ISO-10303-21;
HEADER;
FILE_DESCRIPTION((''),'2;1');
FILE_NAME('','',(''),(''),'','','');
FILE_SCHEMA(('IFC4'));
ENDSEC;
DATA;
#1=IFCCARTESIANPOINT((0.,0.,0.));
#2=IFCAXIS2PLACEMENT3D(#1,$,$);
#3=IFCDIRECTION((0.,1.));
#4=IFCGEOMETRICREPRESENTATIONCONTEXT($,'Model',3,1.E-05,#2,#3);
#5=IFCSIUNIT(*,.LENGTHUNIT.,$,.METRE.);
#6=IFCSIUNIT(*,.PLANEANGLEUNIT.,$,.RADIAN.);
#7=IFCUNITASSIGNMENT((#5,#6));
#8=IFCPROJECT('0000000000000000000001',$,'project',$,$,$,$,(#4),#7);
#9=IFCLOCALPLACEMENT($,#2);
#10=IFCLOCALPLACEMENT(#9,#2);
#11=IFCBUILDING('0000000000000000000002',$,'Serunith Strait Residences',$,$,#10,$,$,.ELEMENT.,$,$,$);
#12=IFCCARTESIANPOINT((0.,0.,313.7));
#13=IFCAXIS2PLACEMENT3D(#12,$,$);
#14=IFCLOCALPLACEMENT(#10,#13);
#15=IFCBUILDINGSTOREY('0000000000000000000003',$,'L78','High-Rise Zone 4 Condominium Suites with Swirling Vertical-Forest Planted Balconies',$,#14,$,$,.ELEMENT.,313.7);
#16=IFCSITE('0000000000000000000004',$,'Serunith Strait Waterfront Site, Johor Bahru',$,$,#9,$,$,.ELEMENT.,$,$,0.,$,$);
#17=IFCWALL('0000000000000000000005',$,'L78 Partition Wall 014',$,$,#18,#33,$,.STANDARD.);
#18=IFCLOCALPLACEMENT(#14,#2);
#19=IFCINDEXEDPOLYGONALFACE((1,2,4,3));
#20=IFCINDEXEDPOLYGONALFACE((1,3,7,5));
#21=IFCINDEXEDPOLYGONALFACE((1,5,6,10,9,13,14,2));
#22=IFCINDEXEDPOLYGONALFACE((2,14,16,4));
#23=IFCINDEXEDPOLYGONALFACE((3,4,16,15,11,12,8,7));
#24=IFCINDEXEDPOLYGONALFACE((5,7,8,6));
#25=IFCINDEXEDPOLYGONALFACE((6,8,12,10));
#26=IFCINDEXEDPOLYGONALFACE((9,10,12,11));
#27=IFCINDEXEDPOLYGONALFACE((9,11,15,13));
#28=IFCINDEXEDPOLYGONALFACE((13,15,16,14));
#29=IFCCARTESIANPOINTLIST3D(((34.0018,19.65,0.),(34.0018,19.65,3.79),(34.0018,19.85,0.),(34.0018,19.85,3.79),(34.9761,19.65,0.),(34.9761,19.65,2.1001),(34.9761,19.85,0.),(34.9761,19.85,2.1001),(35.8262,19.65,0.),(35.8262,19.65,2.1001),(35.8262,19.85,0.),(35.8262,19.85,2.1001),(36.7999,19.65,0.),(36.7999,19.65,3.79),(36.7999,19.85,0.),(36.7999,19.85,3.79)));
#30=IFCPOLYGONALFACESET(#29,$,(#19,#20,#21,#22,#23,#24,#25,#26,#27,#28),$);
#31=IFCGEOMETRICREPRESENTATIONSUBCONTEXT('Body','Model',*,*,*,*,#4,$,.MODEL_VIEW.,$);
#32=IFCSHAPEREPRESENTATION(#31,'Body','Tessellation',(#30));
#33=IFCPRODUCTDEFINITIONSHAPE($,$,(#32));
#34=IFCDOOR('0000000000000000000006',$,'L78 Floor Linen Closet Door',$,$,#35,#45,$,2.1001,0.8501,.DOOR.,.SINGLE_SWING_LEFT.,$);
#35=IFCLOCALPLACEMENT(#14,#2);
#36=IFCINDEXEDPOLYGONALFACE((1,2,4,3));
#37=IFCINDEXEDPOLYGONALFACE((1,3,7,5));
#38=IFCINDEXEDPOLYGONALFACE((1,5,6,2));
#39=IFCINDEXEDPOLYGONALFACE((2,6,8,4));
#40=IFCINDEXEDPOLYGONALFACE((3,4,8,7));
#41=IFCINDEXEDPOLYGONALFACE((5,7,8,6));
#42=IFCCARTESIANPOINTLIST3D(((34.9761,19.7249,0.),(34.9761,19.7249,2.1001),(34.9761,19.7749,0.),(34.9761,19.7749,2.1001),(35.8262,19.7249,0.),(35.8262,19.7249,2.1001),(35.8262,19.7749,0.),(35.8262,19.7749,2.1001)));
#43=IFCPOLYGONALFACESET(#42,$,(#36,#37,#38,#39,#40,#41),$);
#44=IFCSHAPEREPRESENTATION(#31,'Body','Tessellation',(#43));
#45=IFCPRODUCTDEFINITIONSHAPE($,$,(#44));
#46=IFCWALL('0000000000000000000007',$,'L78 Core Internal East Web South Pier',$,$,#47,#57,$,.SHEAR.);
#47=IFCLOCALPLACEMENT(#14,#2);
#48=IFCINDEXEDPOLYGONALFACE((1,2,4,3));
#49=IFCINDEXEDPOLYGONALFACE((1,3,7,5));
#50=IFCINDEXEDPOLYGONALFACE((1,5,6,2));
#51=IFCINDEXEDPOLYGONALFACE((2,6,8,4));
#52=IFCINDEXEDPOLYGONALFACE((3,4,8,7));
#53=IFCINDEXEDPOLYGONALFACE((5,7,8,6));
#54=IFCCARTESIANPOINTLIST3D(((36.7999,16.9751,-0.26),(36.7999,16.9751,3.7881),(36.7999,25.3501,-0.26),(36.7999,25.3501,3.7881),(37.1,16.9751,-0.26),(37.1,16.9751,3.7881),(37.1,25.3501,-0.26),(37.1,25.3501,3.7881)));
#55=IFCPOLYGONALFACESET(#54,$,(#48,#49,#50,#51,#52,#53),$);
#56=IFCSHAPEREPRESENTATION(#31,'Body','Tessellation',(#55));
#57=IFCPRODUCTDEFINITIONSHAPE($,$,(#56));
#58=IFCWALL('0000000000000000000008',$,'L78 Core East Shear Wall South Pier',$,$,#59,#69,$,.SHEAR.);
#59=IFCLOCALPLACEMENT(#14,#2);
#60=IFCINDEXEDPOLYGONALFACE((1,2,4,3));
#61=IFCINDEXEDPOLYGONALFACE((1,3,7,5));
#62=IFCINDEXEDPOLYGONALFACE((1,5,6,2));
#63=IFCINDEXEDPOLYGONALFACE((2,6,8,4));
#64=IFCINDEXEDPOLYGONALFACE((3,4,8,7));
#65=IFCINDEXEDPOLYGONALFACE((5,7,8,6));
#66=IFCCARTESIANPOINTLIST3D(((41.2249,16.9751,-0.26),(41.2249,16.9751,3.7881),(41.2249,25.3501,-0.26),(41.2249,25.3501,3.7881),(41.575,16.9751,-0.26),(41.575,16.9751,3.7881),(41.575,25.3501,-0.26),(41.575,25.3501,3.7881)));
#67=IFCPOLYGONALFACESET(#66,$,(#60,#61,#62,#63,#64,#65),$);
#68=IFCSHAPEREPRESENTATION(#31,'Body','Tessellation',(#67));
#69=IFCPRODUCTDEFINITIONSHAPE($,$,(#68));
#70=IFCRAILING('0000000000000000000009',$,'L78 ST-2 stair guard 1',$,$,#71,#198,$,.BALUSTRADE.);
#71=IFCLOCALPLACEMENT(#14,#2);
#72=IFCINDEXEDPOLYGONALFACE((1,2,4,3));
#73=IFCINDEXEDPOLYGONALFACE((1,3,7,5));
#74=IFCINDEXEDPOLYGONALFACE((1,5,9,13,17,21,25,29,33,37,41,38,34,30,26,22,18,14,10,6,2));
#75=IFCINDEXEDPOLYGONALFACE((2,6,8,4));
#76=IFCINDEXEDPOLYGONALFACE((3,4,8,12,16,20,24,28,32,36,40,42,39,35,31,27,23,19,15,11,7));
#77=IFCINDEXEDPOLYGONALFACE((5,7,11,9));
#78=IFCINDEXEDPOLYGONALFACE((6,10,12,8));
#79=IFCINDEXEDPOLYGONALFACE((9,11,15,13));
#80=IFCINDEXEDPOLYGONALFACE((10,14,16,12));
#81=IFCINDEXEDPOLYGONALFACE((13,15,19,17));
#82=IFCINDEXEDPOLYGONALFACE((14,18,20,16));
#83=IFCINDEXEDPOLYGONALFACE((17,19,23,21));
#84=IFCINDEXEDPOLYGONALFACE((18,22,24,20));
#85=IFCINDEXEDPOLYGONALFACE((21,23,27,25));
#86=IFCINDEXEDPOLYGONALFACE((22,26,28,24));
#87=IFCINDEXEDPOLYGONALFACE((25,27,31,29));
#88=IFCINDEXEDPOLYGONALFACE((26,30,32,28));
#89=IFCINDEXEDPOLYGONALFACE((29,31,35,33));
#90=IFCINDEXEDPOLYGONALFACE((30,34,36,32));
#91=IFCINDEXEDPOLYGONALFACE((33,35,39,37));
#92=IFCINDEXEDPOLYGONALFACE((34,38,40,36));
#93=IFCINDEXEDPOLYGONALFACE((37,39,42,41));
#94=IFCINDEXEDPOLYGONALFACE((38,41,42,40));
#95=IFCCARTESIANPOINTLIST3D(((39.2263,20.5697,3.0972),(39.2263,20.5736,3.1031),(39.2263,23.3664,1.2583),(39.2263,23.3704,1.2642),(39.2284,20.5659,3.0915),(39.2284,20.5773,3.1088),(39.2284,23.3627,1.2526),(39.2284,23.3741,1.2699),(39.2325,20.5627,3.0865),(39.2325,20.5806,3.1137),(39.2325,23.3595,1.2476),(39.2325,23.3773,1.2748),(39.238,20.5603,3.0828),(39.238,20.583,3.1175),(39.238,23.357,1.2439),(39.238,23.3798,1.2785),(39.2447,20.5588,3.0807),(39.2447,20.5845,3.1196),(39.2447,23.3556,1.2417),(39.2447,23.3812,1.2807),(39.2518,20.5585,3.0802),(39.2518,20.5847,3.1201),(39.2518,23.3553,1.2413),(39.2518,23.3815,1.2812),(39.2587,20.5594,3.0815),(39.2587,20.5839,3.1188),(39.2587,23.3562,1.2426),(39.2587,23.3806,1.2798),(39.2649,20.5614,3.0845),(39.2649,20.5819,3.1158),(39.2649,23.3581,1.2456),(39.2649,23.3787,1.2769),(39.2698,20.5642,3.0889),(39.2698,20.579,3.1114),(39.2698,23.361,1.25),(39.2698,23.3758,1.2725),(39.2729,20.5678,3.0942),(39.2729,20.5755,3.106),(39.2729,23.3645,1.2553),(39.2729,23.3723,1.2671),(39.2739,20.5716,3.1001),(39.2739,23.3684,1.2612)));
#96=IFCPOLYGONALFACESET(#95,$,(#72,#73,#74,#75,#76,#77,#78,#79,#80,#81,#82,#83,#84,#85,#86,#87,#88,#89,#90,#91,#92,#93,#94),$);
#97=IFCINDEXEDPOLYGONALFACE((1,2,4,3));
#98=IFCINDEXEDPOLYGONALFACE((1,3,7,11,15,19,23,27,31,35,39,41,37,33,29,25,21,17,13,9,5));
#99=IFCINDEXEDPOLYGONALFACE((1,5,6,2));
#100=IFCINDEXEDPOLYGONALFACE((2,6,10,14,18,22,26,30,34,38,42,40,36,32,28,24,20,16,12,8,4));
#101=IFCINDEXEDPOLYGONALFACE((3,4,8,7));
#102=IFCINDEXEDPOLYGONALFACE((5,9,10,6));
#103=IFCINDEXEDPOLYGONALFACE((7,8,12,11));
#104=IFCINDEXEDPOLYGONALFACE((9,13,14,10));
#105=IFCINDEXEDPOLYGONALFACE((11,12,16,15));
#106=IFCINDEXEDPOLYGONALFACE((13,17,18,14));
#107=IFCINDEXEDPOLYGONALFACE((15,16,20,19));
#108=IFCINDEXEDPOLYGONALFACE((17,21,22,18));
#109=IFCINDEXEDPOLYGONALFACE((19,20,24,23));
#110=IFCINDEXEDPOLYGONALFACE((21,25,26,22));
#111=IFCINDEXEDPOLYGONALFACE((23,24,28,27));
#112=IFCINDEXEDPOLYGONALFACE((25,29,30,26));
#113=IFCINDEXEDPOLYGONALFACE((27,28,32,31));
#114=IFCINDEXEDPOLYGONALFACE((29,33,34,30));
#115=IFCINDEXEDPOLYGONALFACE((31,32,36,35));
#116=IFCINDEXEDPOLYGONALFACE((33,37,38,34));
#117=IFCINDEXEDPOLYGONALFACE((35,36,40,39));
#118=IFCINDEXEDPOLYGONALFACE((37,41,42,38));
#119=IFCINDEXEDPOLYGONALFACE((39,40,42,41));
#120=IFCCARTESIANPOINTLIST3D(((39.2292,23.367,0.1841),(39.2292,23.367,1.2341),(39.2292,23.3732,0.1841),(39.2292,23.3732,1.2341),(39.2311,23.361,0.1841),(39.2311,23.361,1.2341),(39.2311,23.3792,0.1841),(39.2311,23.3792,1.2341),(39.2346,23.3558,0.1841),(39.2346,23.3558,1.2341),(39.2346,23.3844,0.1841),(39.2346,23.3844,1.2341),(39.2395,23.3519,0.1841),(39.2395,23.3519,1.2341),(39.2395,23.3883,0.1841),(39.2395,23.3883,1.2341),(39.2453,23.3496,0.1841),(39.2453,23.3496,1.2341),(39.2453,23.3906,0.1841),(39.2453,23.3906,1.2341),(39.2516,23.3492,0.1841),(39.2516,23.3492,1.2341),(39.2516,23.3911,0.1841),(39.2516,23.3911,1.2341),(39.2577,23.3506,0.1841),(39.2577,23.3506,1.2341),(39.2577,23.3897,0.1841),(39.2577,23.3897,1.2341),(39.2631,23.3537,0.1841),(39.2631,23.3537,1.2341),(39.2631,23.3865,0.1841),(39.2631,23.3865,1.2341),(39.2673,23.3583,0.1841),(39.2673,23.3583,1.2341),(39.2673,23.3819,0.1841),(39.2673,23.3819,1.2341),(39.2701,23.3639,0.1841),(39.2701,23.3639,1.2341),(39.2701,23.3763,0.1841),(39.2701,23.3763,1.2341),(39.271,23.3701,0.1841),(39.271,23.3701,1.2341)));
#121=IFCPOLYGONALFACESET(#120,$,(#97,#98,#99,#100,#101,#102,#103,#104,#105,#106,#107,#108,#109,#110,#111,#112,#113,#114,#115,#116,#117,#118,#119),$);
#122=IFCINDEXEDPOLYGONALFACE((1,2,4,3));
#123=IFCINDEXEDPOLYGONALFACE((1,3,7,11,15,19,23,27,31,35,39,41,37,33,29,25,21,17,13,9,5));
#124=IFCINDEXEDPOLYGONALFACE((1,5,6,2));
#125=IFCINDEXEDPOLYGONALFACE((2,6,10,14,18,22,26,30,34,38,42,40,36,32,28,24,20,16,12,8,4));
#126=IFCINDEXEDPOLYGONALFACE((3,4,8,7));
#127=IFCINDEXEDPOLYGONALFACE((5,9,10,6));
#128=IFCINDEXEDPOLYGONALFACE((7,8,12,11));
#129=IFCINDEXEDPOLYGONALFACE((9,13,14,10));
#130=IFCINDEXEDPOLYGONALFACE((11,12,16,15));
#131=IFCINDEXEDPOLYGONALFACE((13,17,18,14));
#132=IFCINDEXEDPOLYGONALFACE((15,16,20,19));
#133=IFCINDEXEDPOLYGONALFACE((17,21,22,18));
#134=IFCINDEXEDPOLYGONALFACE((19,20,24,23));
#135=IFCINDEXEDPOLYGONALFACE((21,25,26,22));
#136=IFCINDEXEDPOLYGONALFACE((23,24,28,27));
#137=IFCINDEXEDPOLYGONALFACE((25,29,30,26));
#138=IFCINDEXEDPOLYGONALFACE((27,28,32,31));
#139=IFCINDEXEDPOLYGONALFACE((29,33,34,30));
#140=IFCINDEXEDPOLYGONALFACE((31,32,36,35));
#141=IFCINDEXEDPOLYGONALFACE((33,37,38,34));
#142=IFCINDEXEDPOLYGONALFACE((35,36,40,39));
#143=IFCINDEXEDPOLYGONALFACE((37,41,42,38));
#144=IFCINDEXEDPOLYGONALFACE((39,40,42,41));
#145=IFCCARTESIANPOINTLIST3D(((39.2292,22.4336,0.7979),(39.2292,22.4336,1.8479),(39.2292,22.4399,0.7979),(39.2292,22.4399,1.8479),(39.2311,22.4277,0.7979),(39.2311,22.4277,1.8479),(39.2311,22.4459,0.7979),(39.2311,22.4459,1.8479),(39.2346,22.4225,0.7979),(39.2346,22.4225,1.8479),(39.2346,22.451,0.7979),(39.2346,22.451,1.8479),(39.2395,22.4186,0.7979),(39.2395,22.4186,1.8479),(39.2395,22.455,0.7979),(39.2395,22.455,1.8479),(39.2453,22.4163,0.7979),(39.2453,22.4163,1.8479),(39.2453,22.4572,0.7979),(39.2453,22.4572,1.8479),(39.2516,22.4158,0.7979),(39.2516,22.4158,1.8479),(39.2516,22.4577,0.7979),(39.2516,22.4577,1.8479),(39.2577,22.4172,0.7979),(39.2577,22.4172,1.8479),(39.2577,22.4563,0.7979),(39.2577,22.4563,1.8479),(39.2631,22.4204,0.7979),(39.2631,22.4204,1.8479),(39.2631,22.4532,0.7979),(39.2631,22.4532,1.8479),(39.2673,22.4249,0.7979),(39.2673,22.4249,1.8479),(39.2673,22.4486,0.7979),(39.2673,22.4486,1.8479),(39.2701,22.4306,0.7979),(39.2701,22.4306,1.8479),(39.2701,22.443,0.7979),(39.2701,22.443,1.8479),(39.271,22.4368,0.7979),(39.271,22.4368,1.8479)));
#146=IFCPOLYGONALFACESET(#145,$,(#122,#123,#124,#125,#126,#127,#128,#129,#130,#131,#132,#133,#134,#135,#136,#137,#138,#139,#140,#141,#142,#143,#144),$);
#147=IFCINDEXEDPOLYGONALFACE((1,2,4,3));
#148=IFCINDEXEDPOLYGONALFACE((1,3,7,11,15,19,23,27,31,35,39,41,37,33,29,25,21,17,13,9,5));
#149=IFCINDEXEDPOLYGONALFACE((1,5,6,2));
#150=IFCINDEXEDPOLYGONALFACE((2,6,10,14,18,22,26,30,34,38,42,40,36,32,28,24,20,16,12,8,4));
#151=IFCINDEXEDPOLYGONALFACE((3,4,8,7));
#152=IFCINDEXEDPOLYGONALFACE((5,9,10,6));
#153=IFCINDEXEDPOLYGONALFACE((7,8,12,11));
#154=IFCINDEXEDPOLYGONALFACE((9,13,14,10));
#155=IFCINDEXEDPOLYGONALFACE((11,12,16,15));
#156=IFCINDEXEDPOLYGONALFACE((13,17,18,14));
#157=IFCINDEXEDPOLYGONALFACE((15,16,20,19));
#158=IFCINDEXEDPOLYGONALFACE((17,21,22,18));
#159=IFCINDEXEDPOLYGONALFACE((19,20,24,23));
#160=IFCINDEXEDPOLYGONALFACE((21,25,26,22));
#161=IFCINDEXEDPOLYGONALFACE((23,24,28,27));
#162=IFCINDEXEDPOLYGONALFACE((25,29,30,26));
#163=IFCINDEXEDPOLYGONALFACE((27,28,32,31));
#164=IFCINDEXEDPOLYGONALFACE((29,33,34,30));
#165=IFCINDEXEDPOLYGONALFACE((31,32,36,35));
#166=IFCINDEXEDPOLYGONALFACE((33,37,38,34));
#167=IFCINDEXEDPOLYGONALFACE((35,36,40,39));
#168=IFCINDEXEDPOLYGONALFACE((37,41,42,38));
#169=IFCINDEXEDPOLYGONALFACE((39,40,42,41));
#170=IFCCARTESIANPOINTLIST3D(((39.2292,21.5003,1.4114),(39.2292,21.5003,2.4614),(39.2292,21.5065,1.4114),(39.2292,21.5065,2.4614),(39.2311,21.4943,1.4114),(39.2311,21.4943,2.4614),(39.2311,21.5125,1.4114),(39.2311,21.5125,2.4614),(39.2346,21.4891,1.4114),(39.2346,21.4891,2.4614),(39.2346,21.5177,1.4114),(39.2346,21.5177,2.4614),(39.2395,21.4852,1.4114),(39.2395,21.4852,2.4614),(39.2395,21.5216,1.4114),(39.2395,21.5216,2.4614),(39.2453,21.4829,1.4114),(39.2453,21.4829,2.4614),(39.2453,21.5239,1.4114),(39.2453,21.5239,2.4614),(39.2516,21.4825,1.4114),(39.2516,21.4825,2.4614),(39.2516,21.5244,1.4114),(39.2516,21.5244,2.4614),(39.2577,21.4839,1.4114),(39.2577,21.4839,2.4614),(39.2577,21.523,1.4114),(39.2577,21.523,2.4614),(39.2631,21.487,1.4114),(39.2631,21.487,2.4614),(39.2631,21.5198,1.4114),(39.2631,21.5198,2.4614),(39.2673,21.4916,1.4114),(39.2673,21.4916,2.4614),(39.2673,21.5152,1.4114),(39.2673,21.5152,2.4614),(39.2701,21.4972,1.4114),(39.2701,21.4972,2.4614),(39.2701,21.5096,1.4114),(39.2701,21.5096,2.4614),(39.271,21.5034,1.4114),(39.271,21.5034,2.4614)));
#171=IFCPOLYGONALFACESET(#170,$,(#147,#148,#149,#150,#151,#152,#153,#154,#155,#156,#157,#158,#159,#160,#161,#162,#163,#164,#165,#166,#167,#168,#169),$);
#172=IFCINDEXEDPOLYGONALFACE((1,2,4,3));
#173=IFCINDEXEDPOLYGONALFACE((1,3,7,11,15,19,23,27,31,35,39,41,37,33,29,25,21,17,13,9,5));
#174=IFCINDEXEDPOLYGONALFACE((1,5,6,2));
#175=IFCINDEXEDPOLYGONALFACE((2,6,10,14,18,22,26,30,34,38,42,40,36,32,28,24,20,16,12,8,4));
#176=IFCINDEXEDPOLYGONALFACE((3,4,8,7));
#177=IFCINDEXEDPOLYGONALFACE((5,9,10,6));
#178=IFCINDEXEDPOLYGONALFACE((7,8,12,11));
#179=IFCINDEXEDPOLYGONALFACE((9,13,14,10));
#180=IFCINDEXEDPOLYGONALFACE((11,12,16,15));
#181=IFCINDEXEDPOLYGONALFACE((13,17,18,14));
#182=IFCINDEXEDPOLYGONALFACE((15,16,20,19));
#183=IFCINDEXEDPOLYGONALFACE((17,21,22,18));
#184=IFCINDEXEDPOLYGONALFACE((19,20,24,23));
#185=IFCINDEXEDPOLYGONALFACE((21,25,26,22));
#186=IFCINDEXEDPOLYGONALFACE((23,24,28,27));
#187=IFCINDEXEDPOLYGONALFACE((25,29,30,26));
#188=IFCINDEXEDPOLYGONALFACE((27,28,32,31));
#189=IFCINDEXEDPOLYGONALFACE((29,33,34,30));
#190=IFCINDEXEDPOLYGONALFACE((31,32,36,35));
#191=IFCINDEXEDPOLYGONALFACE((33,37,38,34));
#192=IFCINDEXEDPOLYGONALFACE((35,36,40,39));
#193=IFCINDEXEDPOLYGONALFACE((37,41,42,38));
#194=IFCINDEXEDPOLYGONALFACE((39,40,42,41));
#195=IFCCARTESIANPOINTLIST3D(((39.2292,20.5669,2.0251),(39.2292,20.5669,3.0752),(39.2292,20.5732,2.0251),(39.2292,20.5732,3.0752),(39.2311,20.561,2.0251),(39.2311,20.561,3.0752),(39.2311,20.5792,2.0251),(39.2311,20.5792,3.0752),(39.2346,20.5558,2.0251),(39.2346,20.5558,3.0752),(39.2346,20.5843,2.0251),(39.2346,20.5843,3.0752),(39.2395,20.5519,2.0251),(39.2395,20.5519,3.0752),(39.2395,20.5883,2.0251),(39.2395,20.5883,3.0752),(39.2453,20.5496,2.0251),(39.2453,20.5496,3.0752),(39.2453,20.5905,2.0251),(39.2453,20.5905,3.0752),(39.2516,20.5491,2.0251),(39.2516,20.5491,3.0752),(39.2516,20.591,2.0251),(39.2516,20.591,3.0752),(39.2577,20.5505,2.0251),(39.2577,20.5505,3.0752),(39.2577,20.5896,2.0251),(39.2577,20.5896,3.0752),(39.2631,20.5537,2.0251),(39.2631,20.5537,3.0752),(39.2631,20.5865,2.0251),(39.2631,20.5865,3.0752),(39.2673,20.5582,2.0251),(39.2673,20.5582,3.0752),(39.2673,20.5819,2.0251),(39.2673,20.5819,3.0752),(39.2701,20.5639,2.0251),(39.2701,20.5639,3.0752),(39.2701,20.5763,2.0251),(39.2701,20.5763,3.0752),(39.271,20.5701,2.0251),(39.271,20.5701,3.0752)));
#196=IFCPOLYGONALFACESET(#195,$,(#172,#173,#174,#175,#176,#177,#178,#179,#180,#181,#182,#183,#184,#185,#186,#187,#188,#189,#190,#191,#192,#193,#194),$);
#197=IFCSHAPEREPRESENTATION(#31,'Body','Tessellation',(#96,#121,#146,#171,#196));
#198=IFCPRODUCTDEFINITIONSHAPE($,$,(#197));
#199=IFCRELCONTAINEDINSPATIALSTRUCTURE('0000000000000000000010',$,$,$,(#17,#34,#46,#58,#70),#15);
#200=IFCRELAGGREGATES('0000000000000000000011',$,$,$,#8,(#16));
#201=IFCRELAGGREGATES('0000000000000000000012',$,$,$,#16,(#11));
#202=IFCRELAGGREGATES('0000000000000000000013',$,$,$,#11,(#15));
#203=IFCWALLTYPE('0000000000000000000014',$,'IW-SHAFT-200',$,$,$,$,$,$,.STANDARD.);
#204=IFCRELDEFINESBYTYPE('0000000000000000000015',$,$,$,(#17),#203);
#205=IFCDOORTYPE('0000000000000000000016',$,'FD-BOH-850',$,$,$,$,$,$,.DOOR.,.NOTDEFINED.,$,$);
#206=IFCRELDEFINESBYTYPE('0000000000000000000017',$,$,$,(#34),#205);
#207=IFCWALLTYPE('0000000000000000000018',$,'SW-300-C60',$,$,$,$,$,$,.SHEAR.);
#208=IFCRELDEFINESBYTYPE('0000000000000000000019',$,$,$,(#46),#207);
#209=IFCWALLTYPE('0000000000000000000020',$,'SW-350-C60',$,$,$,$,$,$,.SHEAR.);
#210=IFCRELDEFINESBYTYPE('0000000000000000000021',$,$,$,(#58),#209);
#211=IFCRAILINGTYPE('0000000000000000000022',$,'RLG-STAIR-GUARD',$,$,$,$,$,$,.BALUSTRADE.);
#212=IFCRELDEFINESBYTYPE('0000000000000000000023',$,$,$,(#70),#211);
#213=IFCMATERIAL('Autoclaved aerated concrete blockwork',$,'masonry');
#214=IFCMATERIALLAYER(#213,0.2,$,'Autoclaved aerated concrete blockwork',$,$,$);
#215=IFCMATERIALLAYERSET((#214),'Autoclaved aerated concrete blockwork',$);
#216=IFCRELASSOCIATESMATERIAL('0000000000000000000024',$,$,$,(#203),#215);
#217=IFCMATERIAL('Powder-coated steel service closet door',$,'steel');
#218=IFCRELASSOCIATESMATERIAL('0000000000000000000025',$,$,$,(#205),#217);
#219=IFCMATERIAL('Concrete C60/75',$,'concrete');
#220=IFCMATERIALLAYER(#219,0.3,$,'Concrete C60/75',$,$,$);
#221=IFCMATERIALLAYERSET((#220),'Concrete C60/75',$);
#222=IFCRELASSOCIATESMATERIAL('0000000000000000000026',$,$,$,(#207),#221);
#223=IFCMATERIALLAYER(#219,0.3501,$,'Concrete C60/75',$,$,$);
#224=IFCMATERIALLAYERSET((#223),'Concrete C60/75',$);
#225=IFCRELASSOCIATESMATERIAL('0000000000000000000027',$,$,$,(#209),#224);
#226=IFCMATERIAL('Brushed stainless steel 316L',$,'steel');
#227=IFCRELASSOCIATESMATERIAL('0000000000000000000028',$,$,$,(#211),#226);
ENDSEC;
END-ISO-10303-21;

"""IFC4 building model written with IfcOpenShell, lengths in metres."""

from ifc_helpers import new_model, si_unit, direction, frame, frame_2d, origin, origin_2d, place, context, subcontext, project, spatial, rectangle, circle, extrude, source, transform, mapped, material, layer, layer_set, type_object, element, fill, save


model = new_model("IFC4")

# Units and contexts
model_context = context("Model", 3, precision=1e-05, world=origin(), true_north=direction((0.0, 1.0)))
body_context = subcontext(model_context, "Body", "Model", "MODEL_VIEW")
ifc_project = project(units=[si_unit("LENGTHUNIT", "METRE"), si_unit("PLANEANGLEUNIT", "RADIAN")], contexts=[model_context])

# Site, building, storey
site_placement = place(None, origin())
site = spatial("IfcSite", under=ifc_project, at=site_placement, Name="Serunith Strait Waterfront Site, Johor Bahru", CompositionType="ELEMENT", RefElevation=0.0)
building_placement = place(site_placement, origin())
building = spatial("IfcBuilding", under=site, at=building_placement, Name="Serunith Strait Residences", CompositionType="ELEMENT")
storey_placement = place(building_placement, frame((0.0, 0.0, 313.7)))
storey = spatial("IfcBuildingStorey", under=building, at=storey_placement, Name="L78", Description="High-Rise Zone 4 Condominium Suites with Swirling Vertical-Forest Planted Balconies", CompositionType="ELEMENT", Elevation=313.7)

# Shared definitions
ifc_material_1 = material(Name="Concrete C60/75", Category="concrete")

# Wall, opening, door
ifc_material_2 = material(Name="Autoclaved aerated concrete blockwork", Category="masonry")
ifc_layer_1 = layer(ifc_material_2, 0.2, Name="Autoclaved aerated concrete blockwork")
ifc_layer_set_1 = layer_set([ifc_layer_1], Name="Autoclaved aerated concrete blockwork")
wall_type_1 = type_object("IfcWallType", Name="IW-SHAFT-200", PredefinedType="STANDARD", material=ifc_layer_set_1)
wall_1_placement = place(storey_placement, frame((34.002, 19.75, 0.0), z_axis=(0.0, 0.0, 1.0), x_axis=(1.0, 0.0, 0.0)))
wall_1 = element("IfcWall", 1, at=wall_1_placement, inside=storey, type_object=wall_type_1, Name="L78 Partition Wall 014", PredefinedType="STANDARD", context=body_context, shape_type="SweptSolid", body=[
    extrude(rectangle(XDim=2.7981, YDim=0.2, at=frame_2d((1.3989, 0.0))), origin(), (0.0, 0.0, 1.0), 3.79),
])
opening_1_placement = place(wall_1_placement, frame((0.9741, 0.0, 0.0)))
opening_1 = element("IfcOpeningElement", 2, at=opening_1_placement, cuts=wall_1, PredefinedType="OPENING", context=body_context, shape_type="SweptSolid", body=[
    extrude(rectangle(XDim=0.8501, YDim=2.1001, at=frame_2d((0.425, 1.05))), frame((0.0, 0.1099, 0.0), z_axis=(0.0, -1.0, 0.0), x_axis=(1.0, 0.0, 0.0)), (0.0, 0.0, 1.0), 0.22),
])
ifc_material_3 = material(Name="Powder-coated steel service closet door", Category="steel")
door_type_1 = type_object("IfcDoorType", Name="FD-BOH-850", OperationType="NOTDEFINED", PredefinedType="DOOR", material=ifc_material_3)
shared_shape_1 = source(origin(), body_context, "Body", "SweptSolid", [
    extrude(rectangle(XDim=0.8501, YDim=2.1001, at=frame_2d((0.425, 1.05))), frame((0.0, 0.0249, 0.0), z_axis=(0.0, -1.0, 0.0), x_axis=(1.0, 0.0, 0.0)), (0.0, 0.0, 1.0), 0.05),
])
door_1_placement = place(opening_1_placement, origin())
door_1 = element("IfcDoor", 3, at=door_1_placement, inside=storey, type_object=door_type_1, Name="L78 Floor Linen Closet Door", OperationType="SINGLE_SWING_LEFT", OverallHeight=2.1001, OverallWidth=0.8501, PredefinedType="DOOR", context=body_context, shape_type="MappedRepresentation", body=[
    mapped(shared_shape_1, transform((0.0, 0.0, 0.0), scale=1.0)),
])
fill(opening_1, door_1)

# Walls
ifc_layer_2 = layer(ifc_material_1, 0.3, Name="Concrete C60/75")
ifc_layer_set_2 = layer_set([ifc_layer_2], Name="Concrete C60/75")
wall_type_2 = type_object("IfcWallType", Name="SW-300-C60", PredefinedType="SHEAR", material=ifc_layer_set_2)
wall_2_placement = place(storey_placement, frame((36.95, 16.9751, -0.26), z_axis=(0.0, 0.0, 1.0), x_axis=(0.0, 1.0, 0.0)))
element("IfcWall", 4, at=wall_2_placement, inside=storey, type_object=wall_type_2, Name="L78 Core Internal East Web South Pier", PredefinedType="SHEAR", context=body_context, shape_type="SweptSolid", body=[
    extrude(rectangle(XDim=8.375, YDim=0.3, at=frame_2d((4.1875, 0.0))), origin(), (0.0, 0.0, 1.0), 4.0481),
])
ifc_layer_3 = layer(ifc_material_1, 0.3501, Name="Concrete C60/75")
ifc_layer_set_3 = layer_set([ifc_layer_3], Name="Concrete C60/75")
wall_type_3 = type_object("IfcWallType", Name="SW-350-C60", PredefinedType="SHEAR", material=ifc_layer_set_3)
wall_3_placement = place(storey_placement, frame((41.3999, 16.9751, -0.26), z_axis=(0.0, 0.0, 1.0), x_axis=(0.0, 1.0, 0.0)))
element("IfcWall", 5, at=wall_3_placement, inside=storey, type_object=wall_type_3, Name="L78 Core East Shear Wall South Pier", PredefinedType="SHEAR", context=body_context, shape_type="SweptSolid", body=[
    extrude(rectangle(XDim=8.375, YDim=0.3501, at=frame_2d((4.1875, 0.0))), origin(), (0.0, 0.0, 1.0), 4.0481),
])

# Railing
ifc_material_4 = material(Name="Brushed stainless steel 316L", Category="steel")
railing_type_1 = type_object("IfcRailingType", Name="RLG-STAIR-GUARD", PredefinedType="BALUSTRADE", material=ifc_material_4)
railing_1_placement = place(storey_placement, frame((39.25, 23.3701, 0.1841)))
element("IfcRailing", 6, at=railing_1_placement, inside=storey, type_object=railing_type_1, Name="L78 ST-2 stair guard 1", PredefinedType="BALUSTRADE", context=body_context, shape_type="SweptSolid", body=[
    extrude(circle(Radius=0.0239, at=origin_2d()), frame((0.0, -0.0017, 1.0771), z_axis=(0.0, -0.835564, 0.549393), x_axis=(1.0, 0.0, 0.0)), (0.0, 0.0, 1.0), 3.3472),
    extrude(circle(Radius=0.021, at=origin_2d()), origin(), (0.0, 0.0, 1.0), 1.05),
    extrude(circle(Radius=0.021, at=origin_2d()), frame((0.0, -0.9333, 0.6138)), (0.0, 0.0, 1.0), 1.05),
    extrude(circle(Radius=0.021, at=origin_2d()), frame((0.0, -1.8667, 1.2273)), (0.0, 0.0, 1.0), 1.05),
    extrude(circle(Radius=0.021, at=origin_2d()), frame((0.0, -2.8, 1.8411)), (0.0, 0.0, 1.0), 1.05),
])

save(model, "model.ifc")
